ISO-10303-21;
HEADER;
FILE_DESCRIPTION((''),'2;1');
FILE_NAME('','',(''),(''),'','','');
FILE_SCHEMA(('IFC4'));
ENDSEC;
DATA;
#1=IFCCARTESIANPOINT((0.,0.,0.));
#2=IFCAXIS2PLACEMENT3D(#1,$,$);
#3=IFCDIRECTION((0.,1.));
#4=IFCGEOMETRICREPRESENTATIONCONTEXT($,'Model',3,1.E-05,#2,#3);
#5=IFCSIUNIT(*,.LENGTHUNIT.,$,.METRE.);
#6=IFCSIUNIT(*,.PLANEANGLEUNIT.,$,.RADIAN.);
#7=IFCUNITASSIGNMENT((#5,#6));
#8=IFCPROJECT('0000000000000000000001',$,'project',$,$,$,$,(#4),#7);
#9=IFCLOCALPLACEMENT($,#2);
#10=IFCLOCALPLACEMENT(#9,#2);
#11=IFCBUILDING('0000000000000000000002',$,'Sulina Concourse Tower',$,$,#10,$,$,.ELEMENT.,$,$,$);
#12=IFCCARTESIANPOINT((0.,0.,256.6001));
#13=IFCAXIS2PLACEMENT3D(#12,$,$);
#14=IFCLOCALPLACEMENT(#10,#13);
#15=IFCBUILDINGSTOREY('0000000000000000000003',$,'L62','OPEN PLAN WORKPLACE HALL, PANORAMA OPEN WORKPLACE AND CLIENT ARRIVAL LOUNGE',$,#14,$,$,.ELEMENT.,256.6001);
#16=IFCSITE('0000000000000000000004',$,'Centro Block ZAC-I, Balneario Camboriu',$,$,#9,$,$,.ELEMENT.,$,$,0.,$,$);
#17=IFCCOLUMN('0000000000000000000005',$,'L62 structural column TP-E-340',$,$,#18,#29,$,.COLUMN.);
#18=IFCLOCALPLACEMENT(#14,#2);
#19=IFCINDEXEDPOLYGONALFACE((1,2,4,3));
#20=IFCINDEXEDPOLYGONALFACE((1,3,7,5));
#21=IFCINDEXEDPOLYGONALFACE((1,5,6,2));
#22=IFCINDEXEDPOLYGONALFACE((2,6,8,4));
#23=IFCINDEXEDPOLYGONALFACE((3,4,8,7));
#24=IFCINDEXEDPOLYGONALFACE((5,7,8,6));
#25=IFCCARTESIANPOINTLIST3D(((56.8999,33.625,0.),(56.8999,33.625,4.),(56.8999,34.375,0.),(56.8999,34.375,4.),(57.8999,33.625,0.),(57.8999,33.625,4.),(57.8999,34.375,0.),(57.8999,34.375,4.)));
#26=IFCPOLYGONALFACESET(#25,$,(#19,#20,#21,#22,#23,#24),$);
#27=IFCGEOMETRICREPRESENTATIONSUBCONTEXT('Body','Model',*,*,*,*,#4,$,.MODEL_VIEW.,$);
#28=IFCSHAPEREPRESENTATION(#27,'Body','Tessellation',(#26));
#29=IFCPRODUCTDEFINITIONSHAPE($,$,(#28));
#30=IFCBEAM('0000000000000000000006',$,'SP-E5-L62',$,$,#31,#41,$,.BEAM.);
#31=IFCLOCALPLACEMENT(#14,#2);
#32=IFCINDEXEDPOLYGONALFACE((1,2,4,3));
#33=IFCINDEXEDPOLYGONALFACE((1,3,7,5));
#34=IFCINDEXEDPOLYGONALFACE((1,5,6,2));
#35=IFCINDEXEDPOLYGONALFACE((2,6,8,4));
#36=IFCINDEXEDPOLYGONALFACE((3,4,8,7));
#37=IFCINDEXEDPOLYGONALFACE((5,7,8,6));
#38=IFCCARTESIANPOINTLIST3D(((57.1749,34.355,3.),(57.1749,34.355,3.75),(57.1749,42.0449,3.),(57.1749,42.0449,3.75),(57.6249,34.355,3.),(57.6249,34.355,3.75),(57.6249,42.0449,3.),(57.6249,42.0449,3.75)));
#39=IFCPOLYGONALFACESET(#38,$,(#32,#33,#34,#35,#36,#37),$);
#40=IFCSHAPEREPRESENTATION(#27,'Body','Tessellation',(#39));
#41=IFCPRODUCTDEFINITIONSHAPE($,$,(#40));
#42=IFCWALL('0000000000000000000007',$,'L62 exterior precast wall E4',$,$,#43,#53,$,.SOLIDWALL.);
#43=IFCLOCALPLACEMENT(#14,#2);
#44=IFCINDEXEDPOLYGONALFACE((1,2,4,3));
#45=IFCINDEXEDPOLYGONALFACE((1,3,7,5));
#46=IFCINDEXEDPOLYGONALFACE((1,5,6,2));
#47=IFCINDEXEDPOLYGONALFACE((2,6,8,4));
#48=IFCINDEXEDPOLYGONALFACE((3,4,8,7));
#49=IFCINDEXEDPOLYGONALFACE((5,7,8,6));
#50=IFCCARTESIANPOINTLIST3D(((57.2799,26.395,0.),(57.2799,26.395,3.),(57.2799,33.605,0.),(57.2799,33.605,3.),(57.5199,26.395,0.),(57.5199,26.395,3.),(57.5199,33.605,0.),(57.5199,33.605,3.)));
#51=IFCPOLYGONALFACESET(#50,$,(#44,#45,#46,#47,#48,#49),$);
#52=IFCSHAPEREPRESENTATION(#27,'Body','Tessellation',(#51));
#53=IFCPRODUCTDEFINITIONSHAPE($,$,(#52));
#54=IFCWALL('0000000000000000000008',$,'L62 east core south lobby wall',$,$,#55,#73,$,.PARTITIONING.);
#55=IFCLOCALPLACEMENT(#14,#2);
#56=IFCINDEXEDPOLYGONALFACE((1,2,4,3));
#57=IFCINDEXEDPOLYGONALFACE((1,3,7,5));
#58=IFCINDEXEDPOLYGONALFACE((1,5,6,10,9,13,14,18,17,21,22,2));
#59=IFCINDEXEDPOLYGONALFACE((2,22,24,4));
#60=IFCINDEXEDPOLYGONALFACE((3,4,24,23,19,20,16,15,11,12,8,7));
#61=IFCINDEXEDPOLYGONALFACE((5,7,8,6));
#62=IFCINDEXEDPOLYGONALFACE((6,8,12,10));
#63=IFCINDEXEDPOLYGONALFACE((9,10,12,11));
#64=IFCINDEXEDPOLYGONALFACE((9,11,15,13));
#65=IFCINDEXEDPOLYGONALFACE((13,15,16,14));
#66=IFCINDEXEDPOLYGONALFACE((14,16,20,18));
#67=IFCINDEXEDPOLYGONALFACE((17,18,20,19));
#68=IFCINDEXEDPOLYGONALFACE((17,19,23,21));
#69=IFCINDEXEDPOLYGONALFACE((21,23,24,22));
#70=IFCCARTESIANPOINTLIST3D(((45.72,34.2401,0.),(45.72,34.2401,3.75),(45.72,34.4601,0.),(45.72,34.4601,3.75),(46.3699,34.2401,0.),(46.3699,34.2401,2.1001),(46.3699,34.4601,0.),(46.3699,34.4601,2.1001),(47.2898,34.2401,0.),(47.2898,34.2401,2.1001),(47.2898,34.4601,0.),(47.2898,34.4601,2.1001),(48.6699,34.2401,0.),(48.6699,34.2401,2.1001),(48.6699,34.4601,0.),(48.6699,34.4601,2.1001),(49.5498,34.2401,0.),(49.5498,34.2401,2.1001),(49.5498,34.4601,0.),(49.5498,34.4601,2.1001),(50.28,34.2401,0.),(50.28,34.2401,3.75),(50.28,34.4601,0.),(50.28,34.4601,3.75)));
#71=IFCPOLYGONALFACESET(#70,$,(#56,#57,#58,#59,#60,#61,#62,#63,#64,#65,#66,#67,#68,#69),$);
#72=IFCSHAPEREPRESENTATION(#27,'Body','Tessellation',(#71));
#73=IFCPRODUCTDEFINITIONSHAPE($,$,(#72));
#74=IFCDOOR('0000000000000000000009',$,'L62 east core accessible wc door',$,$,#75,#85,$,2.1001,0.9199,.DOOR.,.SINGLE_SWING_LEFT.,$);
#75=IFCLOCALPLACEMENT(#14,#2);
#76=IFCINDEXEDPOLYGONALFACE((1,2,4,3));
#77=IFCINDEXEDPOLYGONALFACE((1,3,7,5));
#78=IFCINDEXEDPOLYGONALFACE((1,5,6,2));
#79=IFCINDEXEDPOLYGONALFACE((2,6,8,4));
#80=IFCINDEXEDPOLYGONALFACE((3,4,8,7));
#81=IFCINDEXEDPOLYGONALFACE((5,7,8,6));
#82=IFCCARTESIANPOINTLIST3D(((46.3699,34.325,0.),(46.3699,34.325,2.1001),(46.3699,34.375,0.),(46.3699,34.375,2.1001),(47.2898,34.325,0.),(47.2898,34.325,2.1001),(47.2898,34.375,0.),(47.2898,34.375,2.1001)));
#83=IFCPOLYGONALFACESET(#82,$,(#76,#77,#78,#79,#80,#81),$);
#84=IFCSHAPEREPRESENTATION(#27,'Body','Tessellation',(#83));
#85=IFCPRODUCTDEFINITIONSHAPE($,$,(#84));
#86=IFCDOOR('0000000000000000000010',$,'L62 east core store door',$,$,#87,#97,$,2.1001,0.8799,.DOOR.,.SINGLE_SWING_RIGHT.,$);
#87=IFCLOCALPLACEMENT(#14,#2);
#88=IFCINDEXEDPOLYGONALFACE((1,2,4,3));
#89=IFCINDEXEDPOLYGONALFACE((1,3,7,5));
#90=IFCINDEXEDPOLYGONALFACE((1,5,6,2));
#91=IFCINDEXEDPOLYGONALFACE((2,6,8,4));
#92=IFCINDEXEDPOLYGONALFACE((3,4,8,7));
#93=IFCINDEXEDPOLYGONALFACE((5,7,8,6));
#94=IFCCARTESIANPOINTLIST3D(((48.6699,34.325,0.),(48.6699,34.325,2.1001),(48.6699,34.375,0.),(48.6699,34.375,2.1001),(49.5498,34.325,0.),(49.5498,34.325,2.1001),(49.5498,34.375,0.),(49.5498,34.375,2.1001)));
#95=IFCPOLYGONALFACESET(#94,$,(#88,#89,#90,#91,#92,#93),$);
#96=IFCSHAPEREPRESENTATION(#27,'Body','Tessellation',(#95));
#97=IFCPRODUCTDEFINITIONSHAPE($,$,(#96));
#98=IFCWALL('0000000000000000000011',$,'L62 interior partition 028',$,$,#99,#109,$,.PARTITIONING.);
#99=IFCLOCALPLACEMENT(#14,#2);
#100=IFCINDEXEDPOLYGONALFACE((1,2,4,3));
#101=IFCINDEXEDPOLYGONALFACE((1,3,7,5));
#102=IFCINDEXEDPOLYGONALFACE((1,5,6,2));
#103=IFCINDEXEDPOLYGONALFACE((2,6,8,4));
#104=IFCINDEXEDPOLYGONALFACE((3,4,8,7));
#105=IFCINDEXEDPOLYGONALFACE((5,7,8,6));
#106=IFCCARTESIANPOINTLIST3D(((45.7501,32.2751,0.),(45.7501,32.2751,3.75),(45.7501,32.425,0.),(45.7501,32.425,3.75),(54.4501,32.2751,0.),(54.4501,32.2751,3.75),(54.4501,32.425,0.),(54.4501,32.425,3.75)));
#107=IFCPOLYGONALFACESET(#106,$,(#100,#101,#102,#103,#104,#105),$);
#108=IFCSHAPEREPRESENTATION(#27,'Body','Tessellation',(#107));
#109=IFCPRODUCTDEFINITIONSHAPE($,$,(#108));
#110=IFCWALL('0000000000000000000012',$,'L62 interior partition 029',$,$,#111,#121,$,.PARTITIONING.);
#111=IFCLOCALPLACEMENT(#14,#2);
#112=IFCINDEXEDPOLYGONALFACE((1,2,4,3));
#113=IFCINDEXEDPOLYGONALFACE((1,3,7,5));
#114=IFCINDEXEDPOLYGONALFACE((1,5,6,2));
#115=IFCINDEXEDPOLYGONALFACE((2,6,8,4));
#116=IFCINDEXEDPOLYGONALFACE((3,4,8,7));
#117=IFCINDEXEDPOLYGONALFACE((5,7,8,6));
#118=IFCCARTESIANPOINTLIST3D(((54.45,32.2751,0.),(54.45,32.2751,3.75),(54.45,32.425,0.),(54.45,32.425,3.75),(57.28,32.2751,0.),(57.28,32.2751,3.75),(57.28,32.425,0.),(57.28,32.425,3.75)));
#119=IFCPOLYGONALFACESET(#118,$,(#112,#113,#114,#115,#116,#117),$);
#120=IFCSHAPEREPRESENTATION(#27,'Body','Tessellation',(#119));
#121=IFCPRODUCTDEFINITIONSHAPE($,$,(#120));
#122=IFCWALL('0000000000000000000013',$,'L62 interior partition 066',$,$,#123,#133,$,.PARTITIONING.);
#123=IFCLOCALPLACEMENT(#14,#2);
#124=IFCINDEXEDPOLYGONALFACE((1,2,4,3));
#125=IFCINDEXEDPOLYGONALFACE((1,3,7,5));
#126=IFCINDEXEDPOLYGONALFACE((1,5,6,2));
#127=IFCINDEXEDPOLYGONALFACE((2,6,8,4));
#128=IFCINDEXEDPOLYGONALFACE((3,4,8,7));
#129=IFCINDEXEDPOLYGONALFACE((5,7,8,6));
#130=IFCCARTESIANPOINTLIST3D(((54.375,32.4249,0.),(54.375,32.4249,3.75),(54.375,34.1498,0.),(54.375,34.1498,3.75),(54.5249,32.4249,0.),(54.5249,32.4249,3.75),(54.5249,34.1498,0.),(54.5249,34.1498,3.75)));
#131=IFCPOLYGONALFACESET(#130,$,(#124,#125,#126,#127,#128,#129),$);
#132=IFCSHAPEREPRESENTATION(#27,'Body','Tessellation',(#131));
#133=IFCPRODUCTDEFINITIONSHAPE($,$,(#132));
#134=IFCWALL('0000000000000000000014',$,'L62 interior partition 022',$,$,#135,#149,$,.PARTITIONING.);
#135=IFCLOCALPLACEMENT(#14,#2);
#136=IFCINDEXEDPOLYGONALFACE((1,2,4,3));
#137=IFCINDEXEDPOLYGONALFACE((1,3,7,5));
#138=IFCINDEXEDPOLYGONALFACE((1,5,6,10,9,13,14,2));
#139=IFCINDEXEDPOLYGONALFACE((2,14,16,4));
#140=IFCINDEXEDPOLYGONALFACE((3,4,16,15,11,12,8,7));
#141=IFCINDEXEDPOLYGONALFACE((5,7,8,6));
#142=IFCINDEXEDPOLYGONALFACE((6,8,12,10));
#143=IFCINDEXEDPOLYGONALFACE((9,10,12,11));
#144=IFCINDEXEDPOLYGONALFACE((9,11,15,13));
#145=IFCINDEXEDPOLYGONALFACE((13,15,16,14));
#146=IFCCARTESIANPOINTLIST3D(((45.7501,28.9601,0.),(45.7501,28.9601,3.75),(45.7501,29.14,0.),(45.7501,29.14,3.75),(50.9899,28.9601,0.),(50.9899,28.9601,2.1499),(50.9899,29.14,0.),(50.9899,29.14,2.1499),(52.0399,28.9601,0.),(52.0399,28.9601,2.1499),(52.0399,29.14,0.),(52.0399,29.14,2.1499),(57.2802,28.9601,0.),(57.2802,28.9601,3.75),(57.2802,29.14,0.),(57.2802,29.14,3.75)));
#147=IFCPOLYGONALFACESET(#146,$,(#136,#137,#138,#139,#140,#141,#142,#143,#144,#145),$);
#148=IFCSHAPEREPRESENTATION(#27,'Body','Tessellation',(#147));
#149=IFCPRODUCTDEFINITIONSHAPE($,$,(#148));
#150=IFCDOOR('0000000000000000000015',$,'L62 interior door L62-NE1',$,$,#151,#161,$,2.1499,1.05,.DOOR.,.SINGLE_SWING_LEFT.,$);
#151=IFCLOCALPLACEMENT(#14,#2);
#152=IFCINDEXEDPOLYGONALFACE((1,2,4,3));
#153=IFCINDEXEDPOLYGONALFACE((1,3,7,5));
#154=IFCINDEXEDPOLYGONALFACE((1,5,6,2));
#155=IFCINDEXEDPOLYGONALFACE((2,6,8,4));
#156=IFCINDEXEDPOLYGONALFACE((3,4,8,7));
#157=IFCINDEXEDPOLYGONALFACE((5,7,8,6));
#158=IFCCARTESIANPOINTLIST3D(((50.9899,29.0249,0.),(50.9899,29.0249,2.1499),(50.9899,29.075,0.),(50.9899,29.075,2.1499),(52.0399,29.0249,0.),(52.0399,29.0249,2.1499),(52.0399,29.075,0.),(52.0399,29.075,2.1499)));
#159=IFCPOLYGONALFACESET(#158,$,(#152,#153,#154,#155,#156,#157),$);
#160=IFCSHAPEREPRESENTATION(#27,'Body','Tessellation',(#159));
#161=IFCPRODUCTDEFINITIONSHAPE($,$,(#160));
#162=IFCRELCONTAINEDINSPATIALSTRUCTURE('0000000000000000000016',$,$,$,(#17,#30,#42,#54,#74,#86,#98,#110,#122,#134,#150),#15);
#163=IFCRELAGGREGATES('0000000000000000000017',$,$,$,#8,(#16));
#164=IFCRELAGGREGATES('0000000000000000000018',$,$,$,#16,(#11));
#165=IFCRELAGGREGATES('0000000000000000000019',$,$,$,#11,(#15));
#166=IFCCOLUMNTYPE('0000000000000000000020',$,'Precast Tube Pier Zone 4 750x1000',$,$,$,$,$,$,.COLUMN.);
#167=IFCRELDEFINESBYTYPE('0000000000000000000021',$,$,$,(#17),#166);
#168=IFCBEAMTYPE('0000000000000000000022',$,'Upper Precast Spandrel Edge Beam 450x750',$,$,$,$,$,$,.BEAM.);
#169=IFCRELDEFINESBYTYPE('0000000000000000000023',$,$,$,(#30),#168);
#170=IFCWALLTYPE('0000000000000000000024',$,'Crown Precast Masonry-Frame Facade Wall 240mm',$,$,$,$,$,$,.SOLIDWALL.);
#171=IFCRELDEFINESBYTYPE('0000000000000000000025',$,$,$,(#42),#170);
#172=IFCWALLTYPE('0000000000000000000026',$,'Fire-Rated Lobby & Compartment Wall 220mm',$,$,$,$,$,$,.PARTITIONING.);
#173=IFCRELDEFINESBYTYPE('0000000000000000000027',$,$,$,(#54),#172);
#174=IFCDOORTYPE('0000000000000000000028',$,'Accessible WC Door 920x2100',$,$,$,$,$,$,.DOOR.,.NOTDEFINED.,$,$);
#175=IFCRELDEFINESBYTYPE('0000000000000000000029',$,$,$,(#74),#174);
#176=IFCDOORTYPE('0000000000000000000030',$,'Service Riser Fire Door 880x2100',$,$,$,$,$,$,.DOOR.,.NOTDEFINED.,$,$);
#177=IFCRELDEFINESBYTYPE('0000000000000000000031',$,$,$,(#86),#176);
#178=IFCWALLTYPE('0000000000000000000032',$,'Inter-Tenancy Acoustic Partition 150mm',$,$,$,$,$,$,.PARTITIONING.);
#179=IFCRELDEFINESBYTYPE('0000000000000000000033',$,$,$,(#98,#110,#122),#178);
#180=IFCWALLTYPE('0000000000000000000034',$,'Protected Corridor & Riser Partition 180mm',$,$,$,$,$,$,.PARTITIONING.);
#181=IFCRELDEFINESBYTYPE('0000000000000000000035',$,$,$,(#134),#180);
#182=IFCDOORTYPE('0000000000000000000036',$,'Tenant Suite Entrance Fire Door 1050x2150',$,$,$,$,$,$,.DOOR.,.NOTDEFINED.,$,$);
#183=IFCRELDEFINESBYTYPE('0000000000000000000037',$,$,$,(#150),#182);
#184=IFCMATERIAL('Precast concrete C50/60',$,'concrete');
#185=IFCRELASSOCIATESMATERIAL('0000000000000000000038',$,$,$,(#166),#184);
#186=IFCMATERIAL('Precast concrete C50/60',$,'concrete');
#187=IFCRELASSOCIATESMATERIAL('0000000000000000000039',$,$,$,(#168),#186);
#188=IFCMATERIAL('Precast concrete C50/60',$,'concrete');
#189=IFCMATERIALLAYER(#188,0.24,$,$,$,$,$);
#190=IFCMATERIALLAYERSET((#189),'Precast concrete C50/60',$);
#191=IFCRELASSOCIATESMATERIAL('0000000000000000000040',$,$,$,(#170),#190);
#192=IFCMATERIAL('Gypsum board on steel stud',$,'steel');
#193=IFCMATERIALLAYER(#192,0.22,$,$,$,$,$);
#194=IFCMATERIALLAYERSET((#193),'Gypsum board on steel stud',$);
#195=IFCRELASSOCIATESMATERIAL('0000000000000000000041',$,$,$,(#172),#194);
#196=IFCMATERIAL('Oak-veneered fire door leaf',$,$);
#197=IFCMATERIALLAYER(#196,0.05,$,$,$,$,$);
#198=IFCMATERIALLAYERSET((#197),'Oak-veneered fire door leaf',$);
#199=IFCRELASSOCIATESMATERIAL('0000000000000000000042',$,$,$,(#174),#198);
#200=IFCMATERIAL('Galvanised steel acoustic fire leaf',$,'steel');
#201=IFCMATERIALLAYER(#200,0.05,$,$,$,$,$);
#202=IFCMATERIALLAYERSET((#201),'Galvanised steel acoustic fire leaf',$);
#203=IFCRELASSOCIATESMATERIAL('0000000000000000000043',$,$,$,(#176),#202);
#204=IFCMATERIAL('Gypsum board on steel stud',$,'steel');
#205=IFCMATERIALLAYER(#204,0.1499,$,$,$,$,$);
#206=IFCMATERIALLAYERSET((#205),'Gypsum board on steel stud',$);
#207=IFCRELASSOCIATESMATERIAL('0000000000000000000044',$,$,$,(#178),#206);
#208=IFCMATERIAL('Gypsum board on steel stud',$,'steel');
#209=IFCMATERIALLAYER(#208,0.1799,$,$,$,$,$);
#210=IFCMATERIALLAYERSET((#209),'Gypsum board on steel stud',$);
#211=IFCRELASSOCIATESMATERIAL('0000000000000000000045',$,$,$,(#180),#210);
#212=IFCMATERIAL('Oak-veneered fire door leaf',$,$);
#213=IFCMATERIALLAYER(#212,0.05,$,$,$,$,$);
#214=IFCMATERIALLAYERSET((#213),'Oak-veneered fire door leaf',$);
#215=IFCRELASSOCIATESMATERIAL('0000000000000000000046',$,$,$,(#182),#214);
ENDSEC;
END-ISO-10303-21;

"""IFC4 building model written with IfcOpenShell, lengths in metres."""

from ifc_helpers import new_model, si_unit, direction, frame, frame_2d, origin, origin_2d, place, context, subcontext, project, spatial, rectangle, extrude, material, layer, layer_set, material_profile, profile_set, type_object, element, fill, save


model = new_model("IFC4")

# Units and contexts
model_context = context("Model", 3, precision=1e-05, world=origin(), true_north=direction((0.0, 1.0)))
body_context = subcontext(model_context, "Body", "Model", "MODEL_VIEW")
ifc_project = project(units=[si_unit("LENGTHUNIT", "METRE"), si_unit("PLANEANGLEUNIT", "RADIAN")], contexts=[model_context])

# Site, building, storey
site_placement = place(None, origin())
site = spatial("IfcSite", under=ifc_project, at=site_placement, Name="Centro Block ZAC-I, Balneario Camboriu", CompositionType="ELEMENT", RefElevation=0.0)
building_placement = place(site_placement, origin())
building = spatial("IfcBuilding", under=site, at=building_placement, Name="Sulina Concourse Tower", CompositionType="ELEMENT")
storey_placement = place(building_placement, frame((0.0, 0.0, 256.6001)))
storey = spatial("IfcBuildingStorey", under=building, at=storey_placement, Name="L62", Description="OPEN PLAN WORKPLACE HALL, PANORAMA OPEN WORKPLACE AND CLIENT ARRIVAL LOUNGE", CompositionType="ELEMENT", Elevation=256.6001)

# Column
ifc_material_1 = material(Name="Precast concrete C50/60", Category="concrete")
ifc_material_profile_1 = material_profile(ifc_material_1, rectangle(XDim=0.75, YDim=1.0, at=origin_2d()), Name="PC 750x1000")
ifc_profile_set_1 = profile_set([ifc_material_profile_1], Name="Precast concrete C50/60")
column_type = type_object("IfcColumnType", Name="Precast Tube Pier Zone 4 750x1000", PredefinedType="COLUMN", material=ifc_profile_set_1)
column_placement = place(storey_placement, frame((57.3999, 34.0, 0.0), z_axis=(0.0, 0.0, 1.0), x_axis=(0.0, 1.0, 0.0)))
element("IfcColumn", 1, at=column_placement, inside=storey, type_object=column_type, Name="L62 structural column TP-E-340", PredefinedType="COLUMN", context=body_context, shape_type="SweptSolid", body=[
    extrude(rectangle(XDim=0.75, YDim=1.0, at=origin_2d()), origin(), (0.0, 0.0, 1.0), 4.0),
])

# Beam
ifc_material_2 = material(Name="Precast concrete C50/60", Category="concrete")
ifc_material_profile_2 = material_profile(ifc_material_2, rectangle(XDim=0.45, YDim=0.75, at=origin_2d()), Name="RC 450x750")
ifc_profile_set_2 = profile_set([ifc_material_profile_2], Name="Precast concrete C50/60")
beam_type = type_object("IfcBeamType", Name="Upper Precast Spandrel Edge Beam 450x750", PredefinedType="BEAM", material=ifc_profile_set_2)
beam_placement = place(storey_placement, frame((57.3999, 34.355, 3.375), z_axis=(0.0, 1.0, 0.0), x_axis=(-1.0, 0.0, 0.0)))
element("IfcBeam", 2, at=beam_placement, inside=storey, type_object=beam_type, Name="SP-E5-L62", PredefinedType="BEAM", context=body_context, shape_type="SweptSolid", body=[
    extrude(rectangle(XDim=0.45, YDim=0.75, at=origin_2d()), origin(), (0.0, 0.0, 1.0), 7.6899),
])

# Wall
ifc_material_3 = material(Name="Precast concrete C50/60", Category="concrete")
ifc_layer_1 = layer(ifc_material_3, 0.24)
ifc_layer_set_1 = layer_set([ifc_layer_1], Name="Precast concrete C50/60")
wall_type_1 = type_object("IfcWallType", Name="Crown Precast Masonry-Frame Facade Wall 240mm", PredefinedType="SOLIDWALL", material=ifc_layer_set_1)
wall_1_placement = place(storey_placement, frame((57.3999, 33.605, 0.0), z_axis=(0.0, 0.0, 1.0), x_axis=(0.0, -1.0, 0.0)))
element("IfcWall", 3, at=wall_1_placement, inside=storey, type_object=wall_type_1, Name="L62 exterior precast wall E4", PredefinedType="SOLIDWALL", context=body_context, shape_type="SweptSolid", body=[
    extrude(rectangle(XDim=7.21, YDim=0.24, at=frame_2d((3.605, 0.0))), origin(), (0.0, 0.0, 1.0), 3.0),
])

# Wall, openings, doors
ifc_material_4 = material(Name="Gypsum board on steel stud", Category="steel")
ifc_layer_2 = layer(ifc_material_4, 0.22)
ifc_layer_set_2 = layer_set([ifc_layer_2], Name="Gypsum board on steel stud")
wall_type_2 = type_object("IfcWallType", Name="Fire-Rated Lobby & Compartment Wall 220mm", PredefinedType="PARTITIONING", material=ifc_layer_set_2)
wall_2_placement = place(storey_placement, frame((45.72, 34.3501, 0.0), z_axis=(0.0, 0.0, 1.0), x_axis=(1.0, 0.0, 0.0)))
wall_2 = element("IfcWall", 4, at=wall_2_placement, inside=storey, type_object=wall_type_2, Name="L62 east core south lobby wall", PredefinedType="PARTITIONING", context=body_context, shape_type="SweptSolid", body=[
    extrude(rectangle(XDim=4.5601, YDim=0.22, at=frame_2d((2.28, 0.0))), origin(), (0.0, 0.0, 1.0), 3.75),
])
opening_1_placement = place(wall_2_placement, frame((0.6499, 0.0, 0.0)))
opening_1 = element("IfcOpeningElement", 5, at=opening_1_placement, cuts=wall_2, PredefinedType="OPENING", context=body_context, shape_type="SweptSolid", body=[
    extrude(rectangle(XDim=0.9199, YDim=2.1001, at=frame_2d((0.46, 1.05))), frame((0.0, 0.1199, 0.0), z_axis=(0.0, -1.0, 0.0), x_axis=(1.0, 0.0, 0.0)), (0.0, 0.0, 1.0), 0.24),
])
opening_2_placement = place(wall_2_placement, frame((2.95, 0.0, 0.0)))
opening_2 = element("IfcOpeningElement", 6, at=opening_2_placement, cuts=wall_2, PredefinedType="OPENING", context=body_context, shape_type="SweptSolid", body=[
    extrude(rectangle(XDim=0.8799, YDim=2.1001, at=frame_2d((0.4399, 1.05))), frame((0.0, 0.1199, 0.0), z_axis=(0.0, -1.0, 0.0), x_axis=(1.0, 0.0, 0.0)), (0.0, 0.0, 1.0), 0.24),
])
ifc_material_5 = material(Name="Oak-veneered fire door leaf")
ifc_layer_3 = layer(ifc_material_5, 0.05)
ifc_layer_set_3 = layer_set([ifc_layer_3], Name="Oak-veneered fire door leaf")
door_type_1 = type_object("IfcDoorType", Name="Accessible WC Door 920x2100", OperationType="NOTDEFINED", PredefinedType="DOOR", material=ifc_layer_set_3)
door_1_placement = place(opening_1_placement, origin())
door_1 = element("IfcDoor", 7, at=door_1_placement, inside=storey, type_object=door_type_1, Name="L62 east core accessible wc door", OperationType="SINGLE_SWING_LEFT", OverallHeight=2.1001, OverallWidth=0.9199, PredefinedType="DOOR", context=body_context, shape_type="SweptSolid", body=[
    extrude(rectangle(XDim=0.9199, YDim=2.1001, at=frame_2d((0.46, 1.05))), frame((0.0, 0.0249, 0.0), z_axis=(0.0, -1.0, 0.0), x_axis=(1.0, 0.0, 0.0)), (0.0, 0.0, 1.0), 0.05),
])
fill(opening_1, door_1)
ifc_material_6 = material(Name="Galvanised steel acoustic fire leaf", Category="steel")
ifc_layer_4 = layer(ifc_material_6, 0.05)
ifc_layer_set_4 = layer_set([ifc_layer_4], Name="Galvanised steel acoustic fire leaf")
door_type_2 = type_object("IfcDoorType", Name="Service Riser Fire Door 880x2100", OperationType="NOTDEFINED", PredefinedType="DOOR", material=ifc_layer_set_4)
door_2_placement = place(opening_2_placement, origin())
door_2 = element("IfcDoor", 8, at=door_2_placement, inside=storey, type_object=door_type_2, Name="L62 east core store door", OperationType="SINGLE_SWING_RIGHT", OverallHeight=2.1001, OverallWidth=0.8799, PredefinedType="DOOR", context=body_context, shape_type="SweptSolid", body=[
    extrude(rectangle(XDim=0.8799, YDim=2.1001, at=frame_2d((0.4399, 1.05))), frame((0.0, 0.0249, 0.0), z_axis=(0.0, -1.0, 0.0), x_axis=(1.0, 0.0, 0.0)), (0.0, 0.0, 1.0), 0.05),
])
fill(opening_2, door_2)

# Walls
ifc_material_7 = material(Name="Gypsum board on steel stud", Category="steel")
ifc_layer_5 = layer(ifc_material_7, 0.1499)
ifc_layer_set_5 = layer_set([ifc_layer_5], Name="Gypsum board on steel stud")
wall_type_3 = type_object("IfcWallType", Name="Inter-Tenancy Acoustic Partition 150mm", PredefinedType="PARTITIONING", material=ifc_layer_set_5)
wall_3_placement = place(storey_placement, frame((45.75, 32.3501, 0.0), z_axis=(0.0, 0.0, 1.0), x_axis=(1.0, 0.0, 0.0)))
element("IfcWall", 9, at=wall_3_placement, inside=storey, type_object=wall_type_3, Name="L62 interior partition 028", PredefinedType="PARTITIONING", context=body_context, shape_type="SweptSolid", body=[
    extrude(rectangle(XDim=8.7, YDim=0.1499, at=frame_2d((4.3501, 0.0))), origin(), (0.0, 0.0, 1.0), 3.75),
])
wall_4_placement = place(storey_placement, frame((54.45, 32.3501, 0.0), z_axis=(0.0, 0.0, 1.0), x_axis=(1.0, 0.0, 0.0)))
element("IfcWall", 10, at=wall_4_placement, inside=storey, type_object=wall_type_3, Name="L62 interior partition 029", PredefinedType="PARTITIONING", context=body_context, shape_type="SweptSolid", body=[
    extrude(rectangle(XDim=2.8301, YDim=0.1499, at=frame_2d((1.415, 0.0))), origin(), (0.0, 0.0, 1.0), 3.75),
])
wall_5_placement = place(storey_placement, frame((54.45, 32.425, 0.0), z_axis=(0.0, 0.0, 1.0), x_axis=(0.0, 1.0, 0.0)))
element("IfcWall", 11, at=wall_5_placement, inside=storey, type_object=wall_type_3, Name="L62 interior partition 066", PredefinedType="PARTITIONING", context=body_context, shape_type="SweptSolid", body=[
    extrude(rectangle(XDim=1.7249, YDim=0.1499, at=frame_2d((0.8623, 0.0))), origin(), (0.0, 0.0, 1.0), 3.75),
])

# Wall, opening, door
ifc_material_8 = material(Name="Gypsum board on steel stud", Category="steel")
ifc_layer_6 = layer(ifc_material_8, 0.1799)
ifc_layer_set_6 = layer_set([ifc_layer_6], Name="Gypsum board on steel stud")
wall_type_4 = type_object("IfcWallType", Name="Protected Corridor & Riser Partition 180mm", PredefinedType="PARTITIONING", material=ifc_layer_set_6)
wall_6_placement = place(storey_placement, frame((45.75, 29.05, 0.0), z_axis=(0.0, 0.0, 1.0), x_axis=(1.0, 0.0, 0.0)))
wall_6 = element("IfcWall", 12, at=wall_6_placement, inside=storey, type_object=wall_type_4, Name="L62 interior partition 022", PredefinedType="PARTITIONING", context=body_context, shape_type="SweptSolid", body=[
    extrude(rectangle(XDim=11.53, YDim=0.1799, at=frame_2d((5.7651, 0.0))), origin(), (0.0, 0.0, 1.0), 3.75),
])
opening_3_placement = place(wall_6_placement, frame((5.24, 0.0, 0.0)))
opening_3 = element("IfcOpeningElement", 13, at=opening_3_placement, cuts=wall_6, PredefinedType="OPENING", context=body_context, shape_type="SweptSolid", body=[
    extrude(rectangle(XDim=1.05, YDim=2.1499, at=frame_2d((0.5249, 1.075))), frame((0.0, 0.0999, 0.0), z_axis=(0.0, -1.0, 0.0), x_axis=(1.0, 0.0, 0.0)), (0.0, 0.0, 1.0), 0.2),
])
ifc_material_9 = material(Name="Oak-veneered fire door leaf")
ifc_layer_7 = layer(ifc_material_9, 0.05)
ifc_layer_set_7 = layer_set([ifc_layer_7], Name="Oak-veneered fire door leaf")
door_type_3 = type_object("IfcDoorType", Name="Tenant Suite Entrance Fire Door 1050x2150", OperationType="NOTDEFINED", PredefinedType="DOOR", material=ifc_layer_set_7)
door_3_placement = place(opening_3_placement, origin())
door_3 = element("IfcDoor", 14, at=door_3_placement, inside=storey, type_object=door_type_3, Name="L62 interior door L62-NE1", OperationType="SINGLE_SWING_LEFT", OverallHeight=2.1499, OverallWidth=1.05, PredefinedType="DOOR", context=body_context, shape_type="SweptSolid", body=[
    extrude(rectangle(XDim=1.05, YDim=2.1499, at=frame_2d((0.5249, 1.075))), frame((0.0, 0.0249, 0.0), z_axis=(0.0, -1.0, 0.0), x_axis=(1.0, 0.0, 0.0)), (0.0, 0.0, 1.0), 0.05),
])
fill(opening_3, door_3)

save(model, "model.ifc")
